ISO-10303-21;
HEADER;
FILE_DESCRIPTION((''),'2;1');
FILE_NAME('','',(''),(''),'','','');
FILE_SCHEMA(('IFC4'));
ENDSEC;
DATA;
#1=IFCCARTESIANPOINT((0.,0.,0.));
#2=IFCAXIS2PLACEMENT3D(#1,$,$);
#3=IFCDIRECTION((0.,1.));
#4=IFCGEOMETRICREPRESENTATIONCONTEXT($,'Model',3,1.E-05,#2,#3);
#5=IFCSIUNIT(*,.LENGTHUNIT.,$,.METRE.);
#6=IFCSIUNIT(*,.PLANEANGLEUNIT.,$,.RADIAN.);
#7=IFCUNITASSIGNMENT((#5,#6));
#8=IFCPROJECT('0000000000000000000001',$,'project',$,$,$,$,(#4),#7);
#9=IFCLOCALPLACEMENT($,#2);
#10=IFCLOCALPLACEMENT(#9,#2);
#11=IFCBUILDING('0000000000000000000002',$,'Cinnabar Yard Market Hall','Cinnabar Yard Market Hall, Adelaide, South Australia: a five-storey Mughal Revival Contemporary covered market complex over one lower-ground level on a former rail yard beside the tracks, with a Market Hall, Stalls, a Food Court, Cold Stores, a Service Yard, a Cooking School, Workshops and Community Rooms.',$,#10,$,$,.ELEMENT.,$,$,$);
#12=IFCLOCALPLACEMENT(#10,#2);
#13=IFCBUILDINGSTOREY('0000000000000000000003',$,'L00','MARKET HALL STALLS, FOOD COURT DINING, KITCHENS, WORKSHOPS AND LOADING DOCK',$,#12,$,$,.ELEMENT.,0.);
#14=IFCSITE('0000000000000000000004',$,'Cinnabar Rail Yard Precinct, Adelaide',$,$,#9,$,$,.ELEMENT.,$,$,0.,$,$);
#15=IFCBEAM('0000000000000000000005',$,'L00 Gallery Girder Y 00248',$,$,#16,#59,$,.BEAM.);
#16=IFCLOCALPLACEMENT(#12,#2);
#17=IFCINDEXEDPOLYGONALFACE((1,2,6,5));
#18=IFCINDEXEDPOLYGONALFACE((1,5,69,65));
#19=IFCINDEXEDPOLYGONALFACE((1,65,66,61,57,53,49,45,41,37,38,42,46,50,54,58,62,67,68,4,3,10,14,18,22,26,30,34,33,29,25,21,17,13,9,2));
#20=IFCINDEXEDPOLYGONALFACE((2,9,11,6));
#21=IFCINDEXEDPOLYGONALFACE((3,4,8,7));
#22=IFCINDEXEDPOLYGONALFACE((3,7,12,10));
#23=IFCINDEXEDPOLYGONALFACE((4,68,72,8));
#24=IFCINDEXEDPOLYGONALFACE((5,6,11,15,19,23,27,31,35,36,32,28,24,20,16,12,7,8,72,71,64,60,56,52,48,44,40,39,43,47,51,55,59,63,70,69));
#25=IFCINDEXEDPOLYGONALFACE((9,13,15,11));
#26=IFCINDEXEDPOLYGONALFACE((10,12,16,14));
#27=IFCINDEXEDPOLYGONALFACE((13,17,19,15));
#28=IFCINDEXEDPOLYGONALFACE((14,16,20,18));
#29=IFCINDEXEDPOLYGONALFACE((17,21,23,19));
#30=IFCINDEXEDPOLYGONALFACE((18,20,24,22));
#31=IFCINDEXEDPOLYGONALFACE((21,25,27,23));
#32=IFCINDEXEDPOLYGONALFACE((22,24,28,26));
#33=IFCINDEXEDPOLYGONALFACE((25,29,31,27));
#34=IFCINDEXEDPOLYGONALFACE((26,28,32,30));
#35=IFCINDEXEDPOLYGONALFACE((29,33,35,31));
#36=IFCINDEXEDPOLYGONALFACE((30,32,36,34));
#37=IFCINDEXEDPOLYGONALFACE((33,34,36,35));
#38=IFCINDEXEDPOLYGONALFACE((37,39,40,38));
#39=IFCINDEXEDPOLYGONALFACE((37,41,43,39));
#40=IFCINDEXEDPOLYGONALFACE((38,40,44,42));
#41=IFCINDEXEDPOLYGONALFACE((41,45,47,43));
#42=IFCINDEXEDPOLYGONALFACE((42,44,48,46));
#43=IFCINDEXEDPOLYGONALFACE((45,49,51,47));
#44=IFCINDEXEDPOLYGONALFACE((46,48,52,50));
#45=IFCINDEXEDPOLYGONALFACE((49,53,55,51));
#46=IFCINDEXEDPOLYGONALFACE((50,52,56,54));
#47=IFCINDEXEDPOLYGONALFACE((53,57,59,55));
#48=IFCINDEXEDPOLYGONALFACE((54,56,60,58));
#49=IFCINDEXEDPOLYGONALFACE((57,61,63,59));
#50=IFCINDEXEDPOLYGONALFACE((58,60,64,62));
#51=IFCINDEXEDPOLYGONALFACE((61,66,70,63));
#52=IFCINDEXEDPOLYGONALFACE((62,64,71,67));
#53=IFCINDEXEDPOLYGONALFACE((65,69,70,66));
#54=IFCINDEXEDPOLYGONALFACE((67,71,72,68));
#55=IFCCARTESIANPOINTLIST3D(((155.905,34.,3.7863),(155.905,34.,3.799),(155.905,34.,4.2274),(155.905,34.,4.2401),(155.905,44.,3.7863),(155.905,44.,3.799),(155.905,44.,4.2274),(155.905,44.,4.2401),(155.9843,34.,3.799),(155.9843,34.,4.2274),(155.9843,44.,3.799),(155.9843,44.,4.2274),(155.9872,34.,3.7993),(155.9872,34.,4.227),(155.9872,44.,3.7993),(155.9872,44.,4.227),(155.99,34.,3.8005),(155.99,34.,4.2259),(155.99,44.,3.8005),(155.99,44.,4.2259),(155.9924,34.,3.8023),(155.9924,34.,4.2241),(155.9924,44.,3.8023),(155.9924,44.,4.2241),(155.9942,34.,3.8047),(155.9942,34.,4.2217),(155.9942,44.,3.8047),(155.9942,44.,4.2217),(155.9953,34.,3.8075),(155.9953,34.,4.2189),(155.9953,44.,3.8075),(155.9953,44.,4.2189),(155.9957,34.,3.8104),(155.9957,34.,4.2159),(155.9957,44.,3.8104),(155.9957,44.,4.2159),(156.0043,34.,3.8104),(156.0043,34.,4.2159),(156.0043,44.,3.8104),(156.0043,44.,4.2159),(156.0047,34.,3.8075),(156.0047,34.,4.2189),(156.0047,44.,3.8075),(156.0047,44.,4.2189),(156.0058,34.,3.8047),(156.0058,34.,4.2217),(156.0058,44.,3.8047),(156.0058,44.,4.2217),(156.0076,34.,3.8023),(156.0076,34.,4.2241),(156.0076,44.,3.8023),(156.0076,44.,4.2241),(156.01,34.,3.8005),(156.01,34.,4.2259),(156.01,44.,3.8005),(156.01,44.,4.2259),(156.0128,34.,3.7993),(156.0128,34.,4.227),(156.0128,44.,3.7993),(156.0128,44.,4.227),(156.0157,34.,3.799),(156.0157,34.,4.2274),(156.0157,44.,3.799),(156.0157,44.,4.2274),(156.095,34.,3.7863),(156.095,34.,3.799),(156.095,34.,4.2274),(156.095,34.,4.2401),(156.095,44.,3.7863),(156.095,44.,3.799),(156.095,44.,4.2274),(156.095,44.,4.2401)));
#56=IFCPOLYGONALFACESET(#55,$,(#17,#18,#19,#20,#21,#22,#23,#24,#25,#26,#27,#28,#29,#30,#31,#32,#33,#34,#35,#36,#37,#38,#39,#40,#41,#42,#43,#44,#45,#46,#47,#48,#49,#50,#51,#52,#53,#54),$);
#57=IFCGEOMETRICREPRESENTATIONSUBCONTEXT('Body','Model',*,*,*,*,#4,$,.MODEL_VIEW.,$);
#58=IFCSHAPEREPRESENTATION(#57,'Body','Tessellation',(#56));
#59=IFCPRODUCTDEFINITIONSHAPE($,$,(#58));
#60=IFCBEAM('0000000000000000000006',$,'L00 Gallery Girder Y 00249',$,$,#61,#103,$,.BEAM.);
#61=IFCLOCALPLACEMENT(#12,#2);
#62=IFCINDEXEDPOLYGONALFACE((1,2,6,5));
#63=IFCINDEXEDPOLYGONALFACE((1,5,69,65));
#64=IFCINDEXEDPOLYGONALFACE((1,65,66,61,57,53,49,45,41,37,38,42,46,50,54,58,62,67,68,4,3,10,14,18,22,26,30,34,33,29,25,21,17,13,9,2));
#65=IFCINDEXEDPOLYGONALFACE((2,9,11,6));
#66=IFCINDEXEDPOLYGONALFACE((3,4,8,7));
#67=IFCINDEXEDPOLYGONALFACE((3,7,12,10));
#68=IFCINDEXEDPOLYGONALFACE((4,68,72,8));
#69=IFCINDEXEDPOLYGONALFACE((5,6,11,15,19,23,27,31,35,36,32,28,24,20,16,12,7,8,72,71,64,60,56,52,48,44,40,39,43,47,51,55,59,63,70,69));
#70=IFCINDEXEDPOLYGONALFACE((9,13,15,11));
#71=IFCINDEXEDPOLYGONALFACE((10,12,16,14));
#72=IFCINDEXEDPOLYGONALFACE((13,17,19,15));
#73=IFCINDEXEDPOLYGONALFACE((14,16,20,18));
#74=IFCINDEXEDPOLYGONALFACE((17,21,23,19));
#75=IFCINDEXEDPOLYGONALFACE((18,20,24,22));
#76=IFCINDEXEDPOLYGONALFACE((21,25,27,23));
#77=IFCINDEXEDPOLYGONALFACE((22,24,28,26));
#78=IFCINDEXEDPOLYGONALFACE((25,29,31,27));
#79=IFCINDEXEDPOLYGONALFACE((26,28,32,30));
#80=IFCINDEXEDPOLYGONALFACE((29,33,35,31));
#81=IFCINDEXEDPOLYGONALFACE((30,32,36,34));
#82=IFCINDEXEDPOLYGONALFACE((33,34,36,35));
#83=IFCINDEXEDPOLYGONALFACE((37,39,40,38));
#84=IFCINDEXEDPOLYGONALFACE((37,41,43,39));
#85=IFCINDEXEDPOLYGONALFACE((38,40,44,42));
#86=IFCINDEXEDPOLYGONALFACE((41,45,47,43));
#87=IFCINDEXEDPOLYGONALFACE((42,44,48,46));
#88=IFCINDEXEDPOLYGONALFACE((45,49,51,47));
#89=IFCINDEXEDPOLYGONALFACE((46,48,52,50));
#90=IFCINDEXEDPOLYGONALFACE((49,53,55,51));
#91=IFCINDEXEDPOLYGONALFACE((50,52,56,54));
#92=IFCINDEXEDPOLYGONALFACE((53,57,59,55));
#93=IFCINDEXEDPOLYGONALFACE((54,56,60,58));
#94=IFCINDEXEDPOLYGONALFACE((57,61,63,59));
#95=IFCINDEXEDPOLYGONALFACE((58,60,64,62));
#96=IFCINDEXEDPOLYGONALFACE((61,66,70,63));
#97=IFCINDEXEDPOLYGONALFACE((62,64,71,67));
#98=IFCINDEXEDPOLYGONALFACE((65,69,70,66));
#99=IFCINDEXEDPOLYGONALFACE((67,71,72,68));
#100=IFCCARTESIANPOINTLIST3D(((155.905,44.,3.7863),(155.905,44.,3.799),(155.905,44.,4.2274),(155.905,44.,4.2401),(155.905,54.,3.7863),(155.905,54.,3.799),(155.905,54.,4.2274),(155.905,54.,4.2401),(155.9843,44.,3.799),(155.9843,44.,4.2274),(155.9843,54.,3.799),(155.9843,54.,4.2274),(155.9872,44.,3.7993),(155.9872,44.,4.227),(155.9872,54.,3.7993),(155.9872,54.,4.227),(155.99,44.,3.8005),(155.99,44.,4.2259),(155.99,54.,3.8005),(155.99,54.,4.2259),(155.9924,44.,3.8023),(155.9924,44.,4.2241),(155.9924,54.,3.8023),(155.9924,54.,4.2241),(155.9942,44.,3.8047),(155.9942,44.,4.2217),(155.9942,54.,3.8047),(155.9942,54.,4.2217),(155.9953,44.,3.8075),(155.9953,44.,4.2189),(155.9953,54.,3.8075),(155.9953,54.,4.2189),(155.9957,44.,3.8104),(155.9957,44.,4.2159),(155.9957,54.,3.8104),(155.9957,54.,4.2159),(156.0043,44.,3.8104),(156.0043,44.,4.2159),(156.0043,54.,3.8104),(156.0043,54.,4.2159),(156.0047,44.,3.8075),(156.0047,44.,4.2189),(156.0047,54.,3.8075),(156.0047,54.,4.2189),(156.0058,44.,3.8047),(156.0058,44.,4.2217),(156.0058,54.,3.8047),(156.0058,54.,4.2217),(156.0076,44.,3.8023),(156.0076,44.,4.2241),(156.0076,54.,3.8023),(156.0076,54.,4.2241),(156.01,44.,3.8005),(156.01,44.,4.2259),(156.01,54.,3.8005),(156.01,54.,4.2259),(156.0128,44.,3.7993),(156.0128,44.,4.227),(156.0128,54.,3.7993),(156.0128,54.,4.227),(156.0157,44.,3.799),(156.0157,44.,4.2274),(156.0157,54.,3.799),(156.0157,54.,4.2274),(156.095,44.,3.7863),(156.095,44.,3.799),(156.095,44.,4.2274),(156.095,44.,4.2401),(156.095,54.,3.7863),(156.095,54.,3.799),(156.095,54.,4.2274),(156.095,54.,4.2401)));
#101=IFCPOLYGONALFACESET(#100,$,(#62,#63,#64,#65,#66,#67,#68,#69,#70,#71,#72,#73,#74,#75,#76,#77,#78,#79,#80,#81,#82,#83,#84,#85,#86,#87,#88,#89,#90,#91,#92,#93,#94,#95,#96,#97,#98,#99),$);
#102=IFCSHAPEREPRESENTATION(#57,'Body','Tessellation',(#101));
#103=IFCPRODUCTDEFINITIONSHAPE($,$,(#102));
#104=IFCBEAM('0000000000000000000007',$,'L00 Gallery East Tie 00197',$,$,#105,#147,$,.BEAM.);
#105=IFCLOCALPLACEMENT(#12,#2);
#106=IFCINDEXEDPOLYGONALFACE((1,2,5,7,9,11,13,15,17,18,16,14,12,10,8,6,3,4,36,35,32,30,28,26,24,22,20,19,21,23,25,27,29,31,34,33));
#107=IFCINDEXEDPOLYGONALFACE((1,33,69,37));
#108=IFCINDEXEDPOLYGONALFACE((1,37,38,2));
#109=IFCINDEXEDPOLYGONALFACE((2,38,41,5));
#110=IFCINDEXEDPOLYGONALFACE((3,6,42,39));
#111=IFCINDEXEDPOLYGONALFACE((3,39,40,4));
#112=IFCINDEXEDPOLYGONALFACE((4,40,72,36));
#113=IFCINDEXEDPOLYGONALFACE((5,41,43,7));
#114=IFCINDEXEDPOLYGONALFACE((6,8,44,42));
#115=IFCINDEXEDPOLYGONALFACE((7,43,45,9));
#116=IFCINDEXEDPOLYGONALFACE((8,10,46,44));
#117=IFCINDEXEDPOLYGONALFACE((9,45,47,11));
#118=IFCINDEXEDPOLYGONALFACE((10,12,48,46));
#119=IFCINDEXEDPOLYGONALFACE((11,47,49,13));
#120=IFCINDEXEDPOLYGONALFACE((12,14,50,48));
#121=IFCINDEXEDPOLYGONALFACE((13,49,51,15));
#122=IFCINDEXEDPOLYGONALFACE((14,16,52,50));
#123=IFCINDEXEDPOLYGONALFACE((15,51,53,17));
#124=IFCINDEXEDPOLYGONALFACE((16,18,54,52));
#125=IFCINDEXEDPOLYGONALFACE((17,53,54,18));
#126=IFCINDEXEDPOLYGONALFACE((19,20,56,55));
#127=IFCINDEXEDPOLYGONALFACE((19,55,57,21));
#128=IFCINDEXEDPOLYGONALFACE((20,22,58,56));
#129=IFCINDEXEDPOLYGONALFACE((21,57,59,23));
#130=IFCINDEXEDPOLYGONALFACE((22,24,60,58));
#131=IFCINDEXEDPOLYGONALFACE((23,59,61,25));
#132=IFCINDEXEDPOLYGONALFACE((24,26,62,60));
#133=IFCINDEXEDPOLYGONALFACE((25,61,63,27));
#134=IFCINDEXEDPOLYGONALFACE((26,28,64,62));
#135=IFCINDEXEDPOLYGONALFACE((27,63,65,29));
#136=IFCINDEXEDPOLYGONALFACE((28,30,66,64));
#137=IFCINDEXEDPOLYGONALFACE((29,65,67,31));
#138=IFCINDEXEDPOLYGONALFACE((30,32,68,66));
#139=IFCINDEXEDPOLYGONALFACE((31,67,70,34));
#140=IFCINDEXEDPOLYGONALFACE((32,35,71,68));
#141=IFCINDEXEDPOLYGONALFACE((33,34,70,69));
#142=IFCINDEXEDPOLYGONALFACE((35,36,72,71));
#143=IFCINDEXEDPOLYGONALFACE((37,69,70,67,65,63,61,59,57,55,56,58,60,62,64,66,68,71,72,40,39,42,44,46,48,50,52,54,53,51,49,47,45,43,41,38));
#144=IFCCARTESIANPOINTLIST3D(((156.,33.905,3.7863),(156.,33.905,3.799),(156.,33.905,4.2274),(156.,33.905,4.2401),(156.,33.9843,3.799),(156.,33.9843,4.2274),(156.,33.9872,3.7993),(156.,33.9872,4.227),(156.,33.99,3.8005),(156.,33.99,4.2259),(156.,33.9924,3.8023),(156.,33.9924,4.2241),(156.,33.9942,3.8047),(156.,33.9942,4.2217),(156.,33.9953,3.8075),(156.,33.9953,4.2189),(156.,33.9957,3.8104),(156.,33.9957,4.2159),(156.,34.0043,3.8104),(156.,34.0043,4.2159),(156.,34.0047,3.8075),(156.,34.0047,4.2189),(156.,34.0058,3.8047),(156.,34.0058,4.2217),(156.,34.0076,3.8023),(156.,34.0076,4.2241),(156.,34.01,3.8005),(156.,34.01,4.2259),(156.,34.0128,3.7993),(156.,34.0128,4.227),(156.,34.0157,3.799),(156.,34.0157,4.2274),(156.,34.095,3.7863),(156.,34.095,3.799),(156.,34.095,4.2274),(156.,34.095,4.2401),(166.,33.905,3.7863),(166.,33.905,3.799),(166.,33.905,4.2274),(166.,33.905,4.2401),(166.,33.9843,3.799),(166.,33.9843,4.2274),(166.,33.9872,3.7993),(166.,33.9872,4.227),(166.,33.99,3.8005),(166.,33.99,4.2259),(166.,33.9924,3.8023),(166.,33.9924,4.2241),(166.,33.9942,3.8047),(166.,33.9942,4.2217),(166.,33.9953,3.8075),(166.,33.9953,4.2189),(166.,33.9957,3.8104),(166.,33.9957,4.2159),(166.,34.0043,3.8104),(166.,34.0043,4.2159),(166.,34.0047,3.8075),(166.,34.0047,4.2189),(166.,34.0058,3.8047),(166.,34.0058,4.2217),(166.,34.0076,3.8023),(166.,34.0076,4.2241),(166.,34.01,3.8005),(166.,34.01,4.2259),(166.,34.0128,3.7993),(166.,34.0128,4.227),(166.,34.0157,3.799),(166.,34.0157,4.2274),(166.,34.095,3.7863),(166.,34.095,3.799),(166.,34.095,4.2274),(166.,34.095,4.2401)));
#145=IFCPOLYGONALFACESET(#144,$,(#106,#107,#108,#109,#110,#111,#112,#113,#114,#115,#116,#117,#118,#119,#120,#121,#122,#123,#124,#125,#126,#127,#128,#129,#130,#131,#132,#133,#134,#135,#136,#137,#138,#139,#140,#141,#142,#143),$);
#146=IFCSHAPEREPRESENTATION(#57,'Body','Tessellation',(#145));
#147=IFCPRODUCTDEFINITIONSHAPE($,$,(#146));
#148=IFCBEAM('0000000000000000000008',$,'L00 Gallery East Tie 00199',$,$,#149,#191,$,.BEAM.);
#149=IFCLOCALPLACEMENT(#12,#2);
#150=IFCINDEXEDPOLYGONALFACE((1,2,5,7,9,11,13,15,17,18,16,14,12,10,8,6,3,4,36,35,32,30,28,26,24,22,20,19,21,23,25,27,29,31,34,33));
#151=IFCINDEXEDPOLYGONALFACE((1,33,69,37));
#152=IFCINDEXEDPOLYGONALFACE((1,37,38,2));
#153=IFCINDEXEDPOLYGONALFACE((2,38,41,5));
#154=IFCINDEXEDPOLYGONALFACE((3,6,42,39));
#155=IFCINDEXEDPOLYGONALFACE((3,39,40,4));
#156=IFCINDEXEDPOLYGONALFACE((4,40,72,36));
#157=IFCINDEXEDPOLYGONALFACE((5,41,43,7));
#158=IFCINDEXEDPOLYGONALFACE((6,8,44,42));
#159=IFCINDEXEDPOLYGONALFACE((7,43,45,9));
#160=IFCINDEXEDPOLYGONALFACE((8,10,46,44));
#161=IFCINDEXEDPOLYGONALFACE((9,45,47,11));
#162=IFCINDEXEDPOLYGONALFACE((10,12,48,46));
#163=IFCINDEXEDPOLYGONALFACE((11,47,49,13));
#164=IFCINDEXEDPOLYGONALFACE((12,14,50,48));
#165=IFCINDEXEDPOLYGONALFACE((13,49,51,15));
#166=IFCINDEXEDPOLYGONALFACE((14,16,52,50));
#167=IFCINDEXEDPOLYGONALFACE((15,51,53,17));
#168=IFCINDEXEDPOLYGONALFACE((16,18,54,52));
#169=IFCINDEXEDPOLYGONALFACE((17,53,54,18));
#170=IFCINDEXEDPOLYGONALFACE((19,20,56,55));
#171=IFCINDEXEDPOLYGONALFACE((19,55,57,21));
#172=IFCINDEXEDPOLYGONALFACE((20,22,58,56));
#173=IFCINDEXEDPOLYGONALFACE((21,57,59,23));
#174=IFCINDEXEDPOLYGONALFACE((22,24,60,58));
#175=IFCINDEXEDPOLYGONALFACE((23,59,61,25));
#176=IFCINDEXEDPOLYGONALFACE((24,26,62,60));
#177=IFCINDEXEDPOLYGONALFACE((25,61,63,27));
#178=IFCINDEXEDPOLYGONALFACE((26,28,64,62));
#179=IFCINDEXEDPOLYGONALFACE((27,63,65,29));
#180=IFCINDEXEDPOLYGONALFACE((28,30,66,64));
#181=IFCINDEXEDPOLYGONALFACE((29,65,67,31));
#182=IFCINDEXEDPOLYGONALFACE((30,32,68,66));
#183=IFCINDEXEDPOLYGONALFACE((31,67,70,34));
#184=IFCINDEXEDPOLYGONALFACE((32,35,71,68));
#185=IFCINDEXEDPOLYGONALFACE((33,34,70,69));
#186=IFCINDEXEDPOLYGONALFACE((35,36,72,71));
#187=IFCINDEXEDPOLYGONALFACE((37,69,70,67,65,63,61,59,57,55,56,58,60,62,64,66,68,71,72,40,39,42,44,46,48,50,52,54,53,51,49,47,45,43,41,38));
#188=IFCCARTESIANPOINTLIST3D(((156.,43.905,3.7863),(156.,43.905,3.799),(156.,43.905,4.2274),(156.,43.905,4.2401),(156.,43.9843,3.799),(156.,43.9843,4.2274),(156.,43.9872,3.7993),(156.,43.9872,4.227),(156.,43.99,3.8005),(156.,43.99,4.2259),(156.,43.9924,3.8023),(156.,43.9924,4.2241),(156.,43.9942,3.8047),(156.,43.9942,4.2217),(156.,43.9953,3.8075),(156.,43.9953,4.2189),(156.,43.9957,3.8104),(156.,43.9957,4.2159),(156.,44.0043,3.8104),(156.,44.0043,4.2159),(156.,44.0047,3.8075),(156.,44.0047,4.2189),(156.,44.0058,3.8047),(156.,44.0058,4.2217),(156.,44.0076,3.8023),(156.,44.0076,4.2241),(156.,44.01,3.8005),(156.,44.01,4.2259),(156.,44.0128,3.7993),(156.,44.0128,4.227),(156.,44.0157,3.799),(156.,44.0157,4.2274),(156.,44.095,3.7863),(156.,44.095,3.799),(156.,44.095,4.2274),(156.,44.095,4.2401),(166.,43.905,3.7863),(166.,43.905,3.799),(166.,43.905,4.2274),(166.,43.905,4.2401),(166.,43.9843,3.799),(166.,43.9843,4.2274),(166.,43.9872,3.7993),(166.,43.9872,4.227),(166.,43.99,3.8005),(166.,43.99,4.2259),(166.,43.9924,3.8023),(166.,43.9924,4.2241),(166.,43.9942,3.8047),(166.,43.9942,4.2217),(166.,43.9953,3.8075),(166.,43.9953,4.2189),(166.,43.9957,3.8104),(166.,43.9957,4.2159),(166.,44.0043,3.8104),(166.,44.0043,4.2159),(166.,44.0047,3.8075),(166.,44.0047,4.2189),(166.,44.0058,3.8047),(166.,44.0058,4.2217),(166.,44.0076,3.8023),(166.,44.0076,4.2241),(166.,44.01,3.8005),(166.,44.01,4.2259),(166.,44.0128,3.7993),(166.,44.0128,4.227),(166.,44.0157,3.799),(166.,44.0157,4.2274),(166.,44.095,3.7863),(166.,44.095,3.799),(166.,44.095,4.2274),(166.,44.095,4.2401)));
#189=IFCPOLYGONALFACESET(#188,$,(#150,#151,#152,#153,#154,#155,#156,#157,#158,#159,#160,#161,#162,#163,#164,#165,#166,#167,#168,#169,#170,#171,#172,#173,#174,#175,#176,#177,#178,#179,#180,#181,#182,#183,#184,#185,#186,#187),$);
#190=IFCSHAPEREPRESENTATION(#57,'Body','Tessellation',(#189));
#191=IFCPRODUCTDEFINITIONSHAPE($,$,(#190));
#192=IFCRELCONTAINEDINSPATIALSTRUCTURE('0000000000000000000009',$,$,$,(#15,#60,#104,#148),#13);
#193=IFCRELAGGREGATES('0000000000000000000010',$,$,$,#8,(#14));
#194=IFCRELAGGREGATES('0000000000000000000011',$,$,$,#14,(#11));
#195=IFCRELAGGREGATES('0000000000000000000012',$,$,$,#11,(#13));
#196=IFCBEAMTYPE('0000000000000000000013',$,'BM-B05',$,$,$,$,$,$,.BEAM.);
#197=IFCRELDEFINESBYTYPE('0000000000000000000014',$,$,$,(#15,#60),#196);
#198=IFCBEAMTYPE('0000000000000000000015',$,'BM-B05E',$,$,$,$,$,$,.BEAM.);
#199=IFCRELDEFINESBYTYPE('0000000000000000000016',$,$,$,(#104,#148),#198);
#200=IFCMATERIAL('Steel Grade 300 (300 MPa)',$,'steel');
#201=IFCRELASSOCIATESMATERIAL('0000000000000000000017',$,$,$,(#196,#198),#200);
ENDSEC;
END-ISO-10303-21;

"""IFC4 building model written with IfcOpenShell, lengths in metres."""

from ifc_helpers import new_model, si_unit, direction, frame, origin, origin_2d_with_axis, place, context, subcontext, project, spatial, i_section, extrude, material, material_profile, profile_set, type_object, element, save


model = new_model("IFC4")

# Units and contexts
model_context = context("Model", 3, precision=1e-05, world=origin(), true_north=direction((0.0, 1.0)))
body_context = subcontext(model_context, "Body", "Model", "MODEL_VIEW")
ifc_project = project(units=[si_unit("LENGTHUNIT", "METRE"), si_unit("PLANEANGLEUNIT", "RADIAN")], contexts=[model_context])

# Site, building, storey
site_placement = place(None, origin())
site = spatial("IfcSite", under=ifc_project, at=site_placement, Name="Cinnabar Rail Yard Precinct, Adelaide", CompositionType="ELEMENT", RefElevation=0.0)
building_placement = place(site_placement, origin())
building = spatial("IfcBuilding", under=site, at=building_placement, Name="Cinnabar Yard Market Hall", Description="Cinnabar Yard Market Hall, Adelaide, South Australia: a five-storey Mughal Revival Contemporary covered market complex over one lower-ground level on a former rail yard beside the tracks, with a Market Hall, Stalls, a Food Court, Cold Stores, a Service Yard, a Cooking School, Workshops and Community Rooms.", CompositionType="ELEMENT")
storey_placement = place(building_placement, origin())
storey = spatial("IfcBuildingStorey", under=building, at=storey_placement, Name="L00", Description="MARKET HALL STALLS, FOOD COURT DINING, KITCHENS, WORKSHOPS AND LOADING DOCK", CompositionType="ELEMENT", Elevation=0.0)

# Beams
ifc_material_1 = material(Name="Steel Grade 300 (300 MPa)", Category="steel")
ifc_material_profile_1 = material_profile(ifc_material_1, i_section(OverallWidth=0.1899, OverallDepth=0.4539, WebThickness=0.0085, FlangeThickness=0.0127, FilletRadius=0.0115, at=origin_2d_with_axis()), Name="460UB67.1")
ifc_profile_set_1 = profile_set([ifc_material_profile_1], Name="Steel Grade 300 (300 MPa)")
beam_type_1 = type_object("IfcBeamType", Name="BM-B05", PredefinedType="BEAM", material=ifc_profile_set_1)
for number, where, z_axis, x_axis, name in (
    (1, (156.0, 34.0, 4.0132), (0.0, 1.0, 0.0), (-1.0, 0.0, 0.0), "L00 Gallery Girder Y 00248"),
    (2, (156.0, 44.0, 4.0132), (0.0, 1.0, 0.0), (-1.0, 0.0, 0.0), "L00 Gallery Girder Y 00249"),
):
    element("IfcBeam", number, at=place(storey_placement, frame(where, z_axis=z_axis, x_axis=x_axis)), inside=storey, type_object=beam_type_1, Name=name, PredefinedType="BEAM", context=body_context, shape_type="SweptSolid", body=[
        extrude(i_section(OverallWidth=0.1899, OverallDepth=0.4539, WebThickness=0.0085, FlangeThickness=0.0127, FilletRadius=0.0115, at=origin_2d_with_axis()), origin(), (0.0, 0.0, 1.0), 10.0),
    ])
ifc_material_profile_2 = material_profile(ifc_material_1, i_section(OverallWidth=0.1899, OverallDepth=0.4539, WebThickness=0.0085, FlangeThickness=0.0127, FilletRadius=0.0115, at=origin_2d_with_axis()), Name="460UB67.1")
ifc_profile_set_2 = profile_set([ifc_material_profile_2], Name="Steel Grade 300 (300 MPa)")
beam_type_2 = type_object("IfcBeamType", Name="BM-B05E", PredefinedType="BEAM", material=ifc_profile_set_2)
for number, where, z_axis, x_axis, name in (
    (3, (156.0, 34.0, 4.0132), (1.0, 0.0, 0.0), (0.0, 1.0, 0.0), "L00 Gallery East Tie 00197"),
    (4, (156.0, 44.0, 4.0132), (1.0, 0.0, 0.0), (0.0, 1.0, 0.0), "L00 Gallery East Tie 00199"),
):
    element("IfcBeam", number, at=place(storey_placement, frame(where, z_axis=z_axis, x_axis=x_axis)), inside=storey, type_object=beam_type_2, Name=name, PredefinedType="BEAM", context=body_context, shape_type="SweptSolid", body=[
        extrude(i_section(OverallWidth=0.1899, OverallDepth=0.4539, WebThickness=0.0085, FlangeThickness=0.0127, FilletRadius=0.0115, at=origin_2d_with_axis()), origin(), (0.0, 0.0, 1.0), 10.0),
    ])

save(model, "model.ifc")
